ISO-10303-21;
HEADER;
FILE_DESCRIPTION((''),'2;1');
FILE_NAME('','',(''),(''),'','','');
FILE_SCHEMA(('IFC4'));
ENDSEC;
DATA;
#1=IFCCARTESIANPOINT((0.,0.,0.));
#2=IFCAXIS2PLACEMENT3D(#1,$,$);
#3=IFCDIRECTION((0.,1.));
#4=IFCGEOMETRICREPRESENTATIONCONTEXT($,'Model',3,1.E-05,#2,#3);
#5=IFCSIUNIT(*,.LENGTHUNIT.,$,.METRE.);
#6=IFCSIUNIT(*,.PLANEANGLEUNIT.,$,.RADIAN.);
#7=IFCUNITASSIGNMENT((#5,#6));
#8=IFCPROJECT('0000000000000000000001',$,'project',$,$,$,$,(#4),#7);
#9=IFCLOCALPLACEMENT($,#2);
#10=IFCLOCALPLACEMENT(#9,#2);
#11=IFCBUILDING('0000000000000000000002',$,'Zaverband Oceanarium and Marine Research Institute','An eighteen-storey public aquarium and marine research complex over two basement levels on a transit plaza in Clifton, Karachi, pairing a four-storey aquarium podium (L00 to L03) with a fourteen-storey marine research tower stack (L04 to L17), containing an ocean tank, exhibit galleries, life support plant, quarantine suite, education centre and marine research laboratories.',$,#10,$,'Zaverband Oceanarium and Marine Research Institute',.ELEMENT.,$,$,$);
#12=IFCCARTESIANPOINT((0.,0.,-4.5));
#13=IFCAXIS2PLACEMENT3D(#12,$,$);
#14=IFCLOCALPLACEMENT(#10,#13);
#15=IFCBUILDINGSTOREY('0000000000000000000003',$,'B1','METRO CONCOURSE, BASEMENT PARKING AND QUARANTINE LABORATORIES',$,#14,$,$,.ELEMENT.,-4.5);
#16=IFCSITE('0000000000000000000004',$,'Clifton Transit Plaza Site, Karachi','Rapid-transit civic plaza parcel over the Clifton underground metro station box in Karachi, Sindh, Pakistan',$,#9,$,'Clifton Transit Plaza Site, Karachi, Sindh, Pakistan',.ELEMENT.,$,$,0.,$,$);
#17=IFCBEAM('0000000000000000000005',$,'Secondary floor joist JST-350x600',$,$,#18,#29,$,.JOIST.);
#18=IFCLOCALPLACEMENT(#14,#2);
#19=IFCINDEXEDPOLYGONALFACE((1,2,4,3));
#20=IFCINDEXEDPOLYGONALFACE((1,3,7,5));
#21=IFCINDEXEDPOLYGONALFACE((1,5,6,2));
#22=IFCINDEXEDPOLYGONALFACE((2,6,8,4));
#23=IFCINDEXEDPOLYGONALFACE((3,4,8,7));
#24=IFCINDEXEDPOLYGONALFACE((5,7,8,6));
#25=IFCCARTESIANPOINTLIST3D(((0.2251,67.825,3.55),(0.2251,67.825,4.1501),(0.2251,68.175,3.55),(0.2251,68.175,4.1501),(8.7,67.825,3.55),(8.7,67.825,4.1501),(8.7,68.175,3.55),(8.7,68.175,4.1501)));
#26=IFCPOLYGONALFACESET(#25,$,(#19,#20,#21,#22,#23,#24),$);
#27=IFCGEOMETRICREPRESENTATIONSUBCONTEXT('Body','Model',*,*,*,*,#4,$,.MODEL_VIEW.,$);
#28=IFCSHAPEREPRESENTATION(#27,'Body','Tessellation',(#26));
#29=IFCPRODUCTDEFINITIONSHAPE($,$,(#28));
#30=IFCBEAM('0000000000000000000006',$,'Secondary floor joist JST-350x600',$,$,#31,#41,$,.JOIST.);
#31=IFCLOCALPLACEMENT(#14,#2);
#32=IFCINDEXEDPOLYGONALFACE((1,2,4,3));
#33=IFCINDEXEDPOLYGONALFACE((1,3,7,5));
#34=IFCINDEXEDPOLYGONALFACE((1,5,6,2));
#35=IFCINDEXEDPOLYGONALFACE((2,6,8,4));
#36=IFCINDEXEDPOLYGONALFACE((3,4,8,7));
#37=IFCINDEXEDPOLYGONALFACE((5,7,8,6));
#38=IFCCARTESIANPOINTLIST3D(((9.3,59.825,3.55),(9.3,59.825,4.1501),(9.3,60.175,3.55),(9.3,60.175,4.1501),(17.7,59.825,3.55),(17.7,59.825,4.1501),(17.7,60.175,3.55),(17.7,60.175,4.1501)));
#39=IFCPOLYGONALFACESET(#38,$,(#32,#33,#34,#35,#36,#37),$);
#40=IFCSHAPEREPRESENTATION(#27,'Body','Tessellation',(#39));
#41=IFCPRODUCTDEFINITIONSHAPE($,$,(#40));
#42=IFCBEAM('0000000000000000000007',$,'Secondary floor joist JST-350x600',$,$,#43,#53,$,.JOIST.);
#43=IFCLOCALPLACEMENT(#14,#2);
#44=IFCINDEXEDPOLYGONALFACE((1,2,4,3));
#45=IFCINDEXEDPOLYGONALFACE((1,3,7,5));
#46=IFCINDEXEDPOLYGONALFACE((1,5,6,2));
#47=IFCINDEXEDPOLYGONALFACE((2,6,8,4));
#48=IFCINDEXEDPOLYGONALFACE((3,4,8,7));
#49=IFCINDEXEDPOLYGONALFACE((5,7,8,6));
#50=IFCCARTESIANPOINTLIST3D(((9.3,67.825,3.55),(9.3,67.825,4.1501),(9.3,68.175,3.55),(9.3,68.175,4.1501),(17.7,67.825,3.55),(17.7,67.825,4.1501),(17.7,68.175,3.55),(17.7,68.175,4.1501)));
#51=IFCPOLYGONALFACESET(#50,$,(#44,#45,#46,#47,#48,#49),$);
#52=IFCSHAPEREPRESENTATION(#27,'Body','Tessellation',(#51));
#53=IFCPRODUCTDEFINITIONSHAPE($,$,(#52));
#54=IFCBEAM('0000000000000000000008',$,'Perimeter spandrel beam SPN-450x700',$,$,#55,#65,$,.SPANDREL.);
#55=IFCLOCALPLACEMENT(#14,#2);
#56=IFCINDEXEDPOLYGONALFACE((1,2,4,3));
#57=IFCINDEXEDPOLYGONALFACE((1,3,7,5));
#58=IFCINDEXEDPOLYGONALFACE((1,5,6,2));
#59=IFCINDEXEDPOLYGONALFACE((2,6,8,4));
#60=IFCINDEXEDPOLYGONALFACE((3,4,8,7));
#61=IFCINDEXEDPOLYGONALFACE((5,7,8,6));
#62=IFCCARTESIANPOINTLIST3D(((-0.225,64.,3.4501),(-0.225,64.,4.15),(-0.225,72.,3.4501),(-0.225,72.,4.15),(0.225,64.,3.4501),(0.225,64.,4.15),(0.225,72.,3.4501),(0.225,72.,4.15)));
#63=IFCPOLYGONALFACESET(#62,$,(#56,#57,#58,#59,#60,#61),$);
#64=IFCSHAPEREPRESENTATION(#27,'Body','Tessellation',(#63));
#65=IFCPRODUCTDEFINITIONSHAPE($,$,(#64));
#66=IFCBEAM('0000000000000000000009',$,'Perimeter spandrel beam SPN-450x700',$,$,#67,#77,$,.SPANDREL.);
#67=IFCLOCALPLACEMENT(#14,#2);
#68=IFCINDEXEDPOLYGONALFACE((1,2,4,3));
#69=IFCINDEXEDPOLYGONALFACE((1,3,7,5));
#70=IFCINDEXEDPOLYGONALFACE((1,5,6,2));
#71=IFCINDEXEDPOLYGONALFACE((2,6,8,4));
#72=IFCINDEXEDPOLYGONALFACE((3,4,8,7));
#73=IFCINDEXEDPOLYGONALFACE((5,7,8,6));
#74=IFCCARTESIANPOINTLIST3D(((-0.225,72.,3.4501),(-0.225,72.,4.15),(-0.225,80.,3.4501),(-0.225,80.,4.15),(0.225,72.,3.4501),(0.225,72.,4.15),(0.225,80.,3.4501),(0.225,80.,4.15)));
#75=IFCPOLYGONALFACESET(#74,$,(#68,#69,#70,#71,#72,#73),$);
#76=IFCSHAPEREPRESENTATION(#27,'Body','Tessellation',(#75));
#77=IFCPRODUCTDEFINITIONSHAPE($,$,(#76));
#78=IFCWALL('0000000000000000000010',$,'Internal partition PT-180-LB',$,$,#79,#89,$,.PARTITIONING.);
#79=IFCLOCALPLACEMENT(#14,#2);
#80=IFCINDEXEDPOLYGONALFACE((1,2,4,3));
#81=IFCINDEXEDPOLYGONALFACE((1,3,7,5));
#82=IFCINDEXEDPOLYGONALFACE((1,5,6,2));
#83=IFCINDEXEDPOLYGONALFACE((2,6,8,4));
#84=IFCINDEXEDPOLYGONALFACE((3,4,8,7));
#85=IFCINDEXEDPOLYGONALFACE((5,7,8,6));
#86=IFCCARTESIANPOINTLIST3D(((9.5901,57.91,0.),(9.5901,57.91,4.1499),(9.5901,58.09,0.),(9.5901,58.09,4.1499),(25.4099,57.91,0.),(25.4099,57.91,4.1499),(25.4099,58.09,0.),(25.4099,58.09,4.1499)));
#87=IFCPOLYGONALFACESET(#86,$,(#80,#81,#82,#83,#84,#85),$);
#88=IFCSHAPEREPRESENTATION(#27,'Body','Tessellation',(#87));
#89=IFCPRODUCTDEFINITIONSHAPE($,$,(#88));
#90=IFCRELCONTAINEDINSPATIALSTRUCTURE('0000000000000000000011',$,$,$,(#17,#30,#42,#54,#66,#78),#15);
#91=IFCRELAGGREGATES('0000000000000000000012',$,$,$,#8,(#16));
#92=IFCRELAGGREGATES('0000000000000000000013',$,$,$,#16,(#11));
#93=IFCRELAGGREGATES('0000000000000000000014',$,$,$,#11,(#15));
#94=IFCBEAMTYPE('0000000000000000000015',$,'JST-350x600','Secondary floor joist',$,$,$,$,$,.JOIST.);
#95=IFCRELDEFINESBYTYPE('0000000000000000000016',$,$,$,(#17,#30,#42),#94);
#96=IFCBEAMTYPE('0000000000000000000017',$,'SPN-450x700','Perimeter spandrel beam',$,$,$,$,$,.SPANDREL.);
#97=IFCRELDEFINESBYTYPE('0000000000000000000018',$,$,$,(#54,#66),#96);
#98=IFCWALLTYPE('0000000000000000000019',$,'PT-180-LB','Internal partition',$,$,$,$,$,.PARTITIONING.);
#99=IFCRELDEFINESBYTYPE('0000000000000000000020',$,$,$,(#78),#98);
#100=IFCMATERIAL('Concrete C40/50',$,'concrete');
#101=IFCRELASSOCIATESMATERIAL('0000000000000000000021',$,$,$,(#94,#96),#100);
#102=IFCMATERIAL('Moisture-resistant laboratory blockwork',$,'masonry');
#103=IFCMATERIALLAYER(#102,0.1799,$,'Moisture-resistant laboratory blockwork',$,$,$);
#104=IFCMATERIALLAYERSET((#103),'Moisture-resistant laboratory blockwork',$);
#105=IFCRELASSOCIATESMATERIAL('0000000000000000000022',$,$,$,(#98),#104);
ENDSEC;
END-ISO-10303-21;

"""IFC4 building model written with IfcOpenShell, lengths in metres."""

from ifc_helpers import new_model, si_unit, direction, frame, frame_2d, origin, origin_2d, place, context, subcontext, project, spatial, rectangle, extrude, material, layer, layer_set, material_profile, profile_set, type_object, element, save


model = new_model("IFC4")

# Units and contexts
model_context = context("Model", 3, precision=1e-05, world=origin(), true_north=direction((0.0, 1.0)))
body_context = subcontext(model_context, "Body", "Model", "MODEL_VIEW")
ifc_project = project(units=[si_unit("LENGTHUNIT", "METRE"), si_unit("PLANEANGLEUNIT", "RADIAN")], contexts=[model_context])

# Site, building, storey
site_placement = place(None, origin())
site = spatial("IfcSite", under=ifc_project, at=site_placement, Name="Clifton Transit Plaza Site, Karachi", Description="Rapid-transit civic plaza parcel over the Clifton underground metro station box in Karachi, Sindh, Pakistan", LongName="Clifton Transit Plaza Site, Karachi, Sindh, Pakistan", CompositionType="ELEMENT", RefElevation=0.0)
building_placement = place(site_placement, origin())
building = spatial("IfcBuilding", under=site, at=building_placement, Name="Zaverband Oceanarium and Marine Research Institute", Description="An eighteen-storey public aquarium and marine research complex over two basement levels on a transit plaza in Clifton, Karachi, pairing a four-storey aquarium podium (L00 to L03) with a fourteen-storey marine research tower stack (L04 to L17), containing an ocean tank, exhibit galleries, life support plant, quarantine suite, education centre and marine research laboratories.", LongName="Zaverband Oceanarium and Marine Research Institute", CompositionType="ELEMENT")
storey_placement = place(building_placement, frame((0.0, 0.0, -4.5)))
storey = spatial("IfcBuildingStorey", under=building, at=storey_placement, Name="B1", Description="METRO CONCOURSE, BASEMENT PARKING AND QUARANTINE LABORATORIES", CompositionType="ELEMENT", Elevation=-4.5)

# Shared definitions
ifc_material_1 = material(Name="Concrete C40/50", Category="concrete")

# Beams
ifc_material_profile_1 = material_profile(ifc_material_1, rectangle(XDim=0.3501, YDim=0.6001, at=origin_2d()), Name="RC350x600")
ifc_profile_set_1 = profile_set([ifc_material_profile_1], Name="Concrete C40/50")
beam_type_1 = type_object("IfcBeamType", Name="JST-350x600", Description="Secondary floor joist", PredefinedType="JOIST", material=ifc_profile_set_1)
for number, where, z_axis, x_axis, name in (
    (1, (0.2251, 68.0, 3.8501), (1.0, 0.0, 0.0), (0.0, 1.0, 0.0), "Secondary floor joist JST-350x600"),
):
    element("IfcBeam", number, at=place(storey_placement, frame(where, z_axis=z_axis, x_axis=x_axis)), inside=storey, type_object=beam_type_1, Name=name, PredefinedType="JOIST", context=body_context, shape_type="SweptSolid", body=[
        extrude(rectangle(XDim=0.3501, YDim=0.6001, at=origin_2d()), origin(), (0.0, 0.0, 1.0), 8.4749),
    ])
for number, where, z_axis, x_axis, name in (
    (2, (9.3, 60.0, 3.8501), (1.0, 0.0, 0.0), (0.0, 1.0, 0.0), "Secondary floor joist JST-350x600"),
    (3, (9.3, 68.0, 3.8501), (1.0, 0.0, 0.0), (0.0, 1.0, 0.0), "Secondary floor joist JST-350x600"),
):
    element("IfcBeam", number, at=place(storey_placement, frame(where, z_axis=z_axis, x_axis=x_axis)), inside=storey, type_object=beam_type_1, Name=name, PredefinedType="JOIST", context=body_context, shape_type="SweptSolid", body=[
        extrude(rectangle(XDim=0.3501, YDim=0.6001, at=origin_2d()), origin(), (0.0, 0.0, 1.0), 8.3999),
    ])
ifc_material_profile_2 = material_profile(ifc_material_1, rectangle(XDim=0.45, YDim=0.7, at=origin_2d()), Name="RC450x700")
ifc_profile_set_2 = profile_set([ifc_material_profile_2], Name="Concrete C40/50")
beam_type_2 = type_object("IfcBeamType", Name="SPN-450x700", Description="Perimeter spandrel beam", PredefinedType="SPANDREL", material=ifc_profile_set_2)
for number, where, z_axis, x_axis, name in (
    (4, (0.0, 64.0, 3.8), (0.0, 1.0, 0.0), (-1.0, 0.0, 0.0), "Perimeter spandrel beam SPN-450x700"),
    (5, (0.0, 72.0, 3.8), (0.0, 1.0, 0.0), (-1.0, 0.0, 0.0), "Perimeter spandrel beam SPN-450x700"),
):
    element("IfcBeam", number, at=place(storey_placement, frame(where, z_axis=z_axis, x_axis=x_axis)), inside=storey, type_object=beam_type_2, Name=name, PredefinedType="SPANDREL", context=body_context, shape_type="SweptSolid", body=[
        extrude(rectangle(XDim=0.45, YDim=0.7, at=origin_2d()), origin(), (0.0, 0.0, 1.0), 8.0),
    ])

# Wall
ifc_material_2 = material(Name="Moisture-resistant laboratory blockwork", Category="masonry")
ifc_layer = layer(ifc_material_2, 0.1799, Name="Moisture-resistant laboratory blockwork")
ifc_layer_set = layer_set([ifc_layer], Name="Moisture-resistant laboratory blockwork")
wall_type = type_object("IfcWallType", Name="PT-180-LB", Description="Internal partition", PredefinedType="PARTITIONING", material=ifc_layer_set)
wall_placement = place(storey_placement, frame((9.5901, 58.0, 0.0), z_axis=(0.0, 0.0, 1.0), x_axis=(1.0, 0.0, 0.0)))
element("IfcWall", 6, at=wall_placement, inside=storey, type_object=wall_type, Name="Internal partition PT-180-LB", PredefinedType="PARTITIONING", context=body_context, shape_type="SweptSolid", body=[
    extrude(rectangle(XDim=15.8198, YDim=0.1799, at=frame_2d((7.9099, 0.0))), origin(), (0.0, 0.0, 1.0), 4.1499),
])

save(model, "model.ifc")
